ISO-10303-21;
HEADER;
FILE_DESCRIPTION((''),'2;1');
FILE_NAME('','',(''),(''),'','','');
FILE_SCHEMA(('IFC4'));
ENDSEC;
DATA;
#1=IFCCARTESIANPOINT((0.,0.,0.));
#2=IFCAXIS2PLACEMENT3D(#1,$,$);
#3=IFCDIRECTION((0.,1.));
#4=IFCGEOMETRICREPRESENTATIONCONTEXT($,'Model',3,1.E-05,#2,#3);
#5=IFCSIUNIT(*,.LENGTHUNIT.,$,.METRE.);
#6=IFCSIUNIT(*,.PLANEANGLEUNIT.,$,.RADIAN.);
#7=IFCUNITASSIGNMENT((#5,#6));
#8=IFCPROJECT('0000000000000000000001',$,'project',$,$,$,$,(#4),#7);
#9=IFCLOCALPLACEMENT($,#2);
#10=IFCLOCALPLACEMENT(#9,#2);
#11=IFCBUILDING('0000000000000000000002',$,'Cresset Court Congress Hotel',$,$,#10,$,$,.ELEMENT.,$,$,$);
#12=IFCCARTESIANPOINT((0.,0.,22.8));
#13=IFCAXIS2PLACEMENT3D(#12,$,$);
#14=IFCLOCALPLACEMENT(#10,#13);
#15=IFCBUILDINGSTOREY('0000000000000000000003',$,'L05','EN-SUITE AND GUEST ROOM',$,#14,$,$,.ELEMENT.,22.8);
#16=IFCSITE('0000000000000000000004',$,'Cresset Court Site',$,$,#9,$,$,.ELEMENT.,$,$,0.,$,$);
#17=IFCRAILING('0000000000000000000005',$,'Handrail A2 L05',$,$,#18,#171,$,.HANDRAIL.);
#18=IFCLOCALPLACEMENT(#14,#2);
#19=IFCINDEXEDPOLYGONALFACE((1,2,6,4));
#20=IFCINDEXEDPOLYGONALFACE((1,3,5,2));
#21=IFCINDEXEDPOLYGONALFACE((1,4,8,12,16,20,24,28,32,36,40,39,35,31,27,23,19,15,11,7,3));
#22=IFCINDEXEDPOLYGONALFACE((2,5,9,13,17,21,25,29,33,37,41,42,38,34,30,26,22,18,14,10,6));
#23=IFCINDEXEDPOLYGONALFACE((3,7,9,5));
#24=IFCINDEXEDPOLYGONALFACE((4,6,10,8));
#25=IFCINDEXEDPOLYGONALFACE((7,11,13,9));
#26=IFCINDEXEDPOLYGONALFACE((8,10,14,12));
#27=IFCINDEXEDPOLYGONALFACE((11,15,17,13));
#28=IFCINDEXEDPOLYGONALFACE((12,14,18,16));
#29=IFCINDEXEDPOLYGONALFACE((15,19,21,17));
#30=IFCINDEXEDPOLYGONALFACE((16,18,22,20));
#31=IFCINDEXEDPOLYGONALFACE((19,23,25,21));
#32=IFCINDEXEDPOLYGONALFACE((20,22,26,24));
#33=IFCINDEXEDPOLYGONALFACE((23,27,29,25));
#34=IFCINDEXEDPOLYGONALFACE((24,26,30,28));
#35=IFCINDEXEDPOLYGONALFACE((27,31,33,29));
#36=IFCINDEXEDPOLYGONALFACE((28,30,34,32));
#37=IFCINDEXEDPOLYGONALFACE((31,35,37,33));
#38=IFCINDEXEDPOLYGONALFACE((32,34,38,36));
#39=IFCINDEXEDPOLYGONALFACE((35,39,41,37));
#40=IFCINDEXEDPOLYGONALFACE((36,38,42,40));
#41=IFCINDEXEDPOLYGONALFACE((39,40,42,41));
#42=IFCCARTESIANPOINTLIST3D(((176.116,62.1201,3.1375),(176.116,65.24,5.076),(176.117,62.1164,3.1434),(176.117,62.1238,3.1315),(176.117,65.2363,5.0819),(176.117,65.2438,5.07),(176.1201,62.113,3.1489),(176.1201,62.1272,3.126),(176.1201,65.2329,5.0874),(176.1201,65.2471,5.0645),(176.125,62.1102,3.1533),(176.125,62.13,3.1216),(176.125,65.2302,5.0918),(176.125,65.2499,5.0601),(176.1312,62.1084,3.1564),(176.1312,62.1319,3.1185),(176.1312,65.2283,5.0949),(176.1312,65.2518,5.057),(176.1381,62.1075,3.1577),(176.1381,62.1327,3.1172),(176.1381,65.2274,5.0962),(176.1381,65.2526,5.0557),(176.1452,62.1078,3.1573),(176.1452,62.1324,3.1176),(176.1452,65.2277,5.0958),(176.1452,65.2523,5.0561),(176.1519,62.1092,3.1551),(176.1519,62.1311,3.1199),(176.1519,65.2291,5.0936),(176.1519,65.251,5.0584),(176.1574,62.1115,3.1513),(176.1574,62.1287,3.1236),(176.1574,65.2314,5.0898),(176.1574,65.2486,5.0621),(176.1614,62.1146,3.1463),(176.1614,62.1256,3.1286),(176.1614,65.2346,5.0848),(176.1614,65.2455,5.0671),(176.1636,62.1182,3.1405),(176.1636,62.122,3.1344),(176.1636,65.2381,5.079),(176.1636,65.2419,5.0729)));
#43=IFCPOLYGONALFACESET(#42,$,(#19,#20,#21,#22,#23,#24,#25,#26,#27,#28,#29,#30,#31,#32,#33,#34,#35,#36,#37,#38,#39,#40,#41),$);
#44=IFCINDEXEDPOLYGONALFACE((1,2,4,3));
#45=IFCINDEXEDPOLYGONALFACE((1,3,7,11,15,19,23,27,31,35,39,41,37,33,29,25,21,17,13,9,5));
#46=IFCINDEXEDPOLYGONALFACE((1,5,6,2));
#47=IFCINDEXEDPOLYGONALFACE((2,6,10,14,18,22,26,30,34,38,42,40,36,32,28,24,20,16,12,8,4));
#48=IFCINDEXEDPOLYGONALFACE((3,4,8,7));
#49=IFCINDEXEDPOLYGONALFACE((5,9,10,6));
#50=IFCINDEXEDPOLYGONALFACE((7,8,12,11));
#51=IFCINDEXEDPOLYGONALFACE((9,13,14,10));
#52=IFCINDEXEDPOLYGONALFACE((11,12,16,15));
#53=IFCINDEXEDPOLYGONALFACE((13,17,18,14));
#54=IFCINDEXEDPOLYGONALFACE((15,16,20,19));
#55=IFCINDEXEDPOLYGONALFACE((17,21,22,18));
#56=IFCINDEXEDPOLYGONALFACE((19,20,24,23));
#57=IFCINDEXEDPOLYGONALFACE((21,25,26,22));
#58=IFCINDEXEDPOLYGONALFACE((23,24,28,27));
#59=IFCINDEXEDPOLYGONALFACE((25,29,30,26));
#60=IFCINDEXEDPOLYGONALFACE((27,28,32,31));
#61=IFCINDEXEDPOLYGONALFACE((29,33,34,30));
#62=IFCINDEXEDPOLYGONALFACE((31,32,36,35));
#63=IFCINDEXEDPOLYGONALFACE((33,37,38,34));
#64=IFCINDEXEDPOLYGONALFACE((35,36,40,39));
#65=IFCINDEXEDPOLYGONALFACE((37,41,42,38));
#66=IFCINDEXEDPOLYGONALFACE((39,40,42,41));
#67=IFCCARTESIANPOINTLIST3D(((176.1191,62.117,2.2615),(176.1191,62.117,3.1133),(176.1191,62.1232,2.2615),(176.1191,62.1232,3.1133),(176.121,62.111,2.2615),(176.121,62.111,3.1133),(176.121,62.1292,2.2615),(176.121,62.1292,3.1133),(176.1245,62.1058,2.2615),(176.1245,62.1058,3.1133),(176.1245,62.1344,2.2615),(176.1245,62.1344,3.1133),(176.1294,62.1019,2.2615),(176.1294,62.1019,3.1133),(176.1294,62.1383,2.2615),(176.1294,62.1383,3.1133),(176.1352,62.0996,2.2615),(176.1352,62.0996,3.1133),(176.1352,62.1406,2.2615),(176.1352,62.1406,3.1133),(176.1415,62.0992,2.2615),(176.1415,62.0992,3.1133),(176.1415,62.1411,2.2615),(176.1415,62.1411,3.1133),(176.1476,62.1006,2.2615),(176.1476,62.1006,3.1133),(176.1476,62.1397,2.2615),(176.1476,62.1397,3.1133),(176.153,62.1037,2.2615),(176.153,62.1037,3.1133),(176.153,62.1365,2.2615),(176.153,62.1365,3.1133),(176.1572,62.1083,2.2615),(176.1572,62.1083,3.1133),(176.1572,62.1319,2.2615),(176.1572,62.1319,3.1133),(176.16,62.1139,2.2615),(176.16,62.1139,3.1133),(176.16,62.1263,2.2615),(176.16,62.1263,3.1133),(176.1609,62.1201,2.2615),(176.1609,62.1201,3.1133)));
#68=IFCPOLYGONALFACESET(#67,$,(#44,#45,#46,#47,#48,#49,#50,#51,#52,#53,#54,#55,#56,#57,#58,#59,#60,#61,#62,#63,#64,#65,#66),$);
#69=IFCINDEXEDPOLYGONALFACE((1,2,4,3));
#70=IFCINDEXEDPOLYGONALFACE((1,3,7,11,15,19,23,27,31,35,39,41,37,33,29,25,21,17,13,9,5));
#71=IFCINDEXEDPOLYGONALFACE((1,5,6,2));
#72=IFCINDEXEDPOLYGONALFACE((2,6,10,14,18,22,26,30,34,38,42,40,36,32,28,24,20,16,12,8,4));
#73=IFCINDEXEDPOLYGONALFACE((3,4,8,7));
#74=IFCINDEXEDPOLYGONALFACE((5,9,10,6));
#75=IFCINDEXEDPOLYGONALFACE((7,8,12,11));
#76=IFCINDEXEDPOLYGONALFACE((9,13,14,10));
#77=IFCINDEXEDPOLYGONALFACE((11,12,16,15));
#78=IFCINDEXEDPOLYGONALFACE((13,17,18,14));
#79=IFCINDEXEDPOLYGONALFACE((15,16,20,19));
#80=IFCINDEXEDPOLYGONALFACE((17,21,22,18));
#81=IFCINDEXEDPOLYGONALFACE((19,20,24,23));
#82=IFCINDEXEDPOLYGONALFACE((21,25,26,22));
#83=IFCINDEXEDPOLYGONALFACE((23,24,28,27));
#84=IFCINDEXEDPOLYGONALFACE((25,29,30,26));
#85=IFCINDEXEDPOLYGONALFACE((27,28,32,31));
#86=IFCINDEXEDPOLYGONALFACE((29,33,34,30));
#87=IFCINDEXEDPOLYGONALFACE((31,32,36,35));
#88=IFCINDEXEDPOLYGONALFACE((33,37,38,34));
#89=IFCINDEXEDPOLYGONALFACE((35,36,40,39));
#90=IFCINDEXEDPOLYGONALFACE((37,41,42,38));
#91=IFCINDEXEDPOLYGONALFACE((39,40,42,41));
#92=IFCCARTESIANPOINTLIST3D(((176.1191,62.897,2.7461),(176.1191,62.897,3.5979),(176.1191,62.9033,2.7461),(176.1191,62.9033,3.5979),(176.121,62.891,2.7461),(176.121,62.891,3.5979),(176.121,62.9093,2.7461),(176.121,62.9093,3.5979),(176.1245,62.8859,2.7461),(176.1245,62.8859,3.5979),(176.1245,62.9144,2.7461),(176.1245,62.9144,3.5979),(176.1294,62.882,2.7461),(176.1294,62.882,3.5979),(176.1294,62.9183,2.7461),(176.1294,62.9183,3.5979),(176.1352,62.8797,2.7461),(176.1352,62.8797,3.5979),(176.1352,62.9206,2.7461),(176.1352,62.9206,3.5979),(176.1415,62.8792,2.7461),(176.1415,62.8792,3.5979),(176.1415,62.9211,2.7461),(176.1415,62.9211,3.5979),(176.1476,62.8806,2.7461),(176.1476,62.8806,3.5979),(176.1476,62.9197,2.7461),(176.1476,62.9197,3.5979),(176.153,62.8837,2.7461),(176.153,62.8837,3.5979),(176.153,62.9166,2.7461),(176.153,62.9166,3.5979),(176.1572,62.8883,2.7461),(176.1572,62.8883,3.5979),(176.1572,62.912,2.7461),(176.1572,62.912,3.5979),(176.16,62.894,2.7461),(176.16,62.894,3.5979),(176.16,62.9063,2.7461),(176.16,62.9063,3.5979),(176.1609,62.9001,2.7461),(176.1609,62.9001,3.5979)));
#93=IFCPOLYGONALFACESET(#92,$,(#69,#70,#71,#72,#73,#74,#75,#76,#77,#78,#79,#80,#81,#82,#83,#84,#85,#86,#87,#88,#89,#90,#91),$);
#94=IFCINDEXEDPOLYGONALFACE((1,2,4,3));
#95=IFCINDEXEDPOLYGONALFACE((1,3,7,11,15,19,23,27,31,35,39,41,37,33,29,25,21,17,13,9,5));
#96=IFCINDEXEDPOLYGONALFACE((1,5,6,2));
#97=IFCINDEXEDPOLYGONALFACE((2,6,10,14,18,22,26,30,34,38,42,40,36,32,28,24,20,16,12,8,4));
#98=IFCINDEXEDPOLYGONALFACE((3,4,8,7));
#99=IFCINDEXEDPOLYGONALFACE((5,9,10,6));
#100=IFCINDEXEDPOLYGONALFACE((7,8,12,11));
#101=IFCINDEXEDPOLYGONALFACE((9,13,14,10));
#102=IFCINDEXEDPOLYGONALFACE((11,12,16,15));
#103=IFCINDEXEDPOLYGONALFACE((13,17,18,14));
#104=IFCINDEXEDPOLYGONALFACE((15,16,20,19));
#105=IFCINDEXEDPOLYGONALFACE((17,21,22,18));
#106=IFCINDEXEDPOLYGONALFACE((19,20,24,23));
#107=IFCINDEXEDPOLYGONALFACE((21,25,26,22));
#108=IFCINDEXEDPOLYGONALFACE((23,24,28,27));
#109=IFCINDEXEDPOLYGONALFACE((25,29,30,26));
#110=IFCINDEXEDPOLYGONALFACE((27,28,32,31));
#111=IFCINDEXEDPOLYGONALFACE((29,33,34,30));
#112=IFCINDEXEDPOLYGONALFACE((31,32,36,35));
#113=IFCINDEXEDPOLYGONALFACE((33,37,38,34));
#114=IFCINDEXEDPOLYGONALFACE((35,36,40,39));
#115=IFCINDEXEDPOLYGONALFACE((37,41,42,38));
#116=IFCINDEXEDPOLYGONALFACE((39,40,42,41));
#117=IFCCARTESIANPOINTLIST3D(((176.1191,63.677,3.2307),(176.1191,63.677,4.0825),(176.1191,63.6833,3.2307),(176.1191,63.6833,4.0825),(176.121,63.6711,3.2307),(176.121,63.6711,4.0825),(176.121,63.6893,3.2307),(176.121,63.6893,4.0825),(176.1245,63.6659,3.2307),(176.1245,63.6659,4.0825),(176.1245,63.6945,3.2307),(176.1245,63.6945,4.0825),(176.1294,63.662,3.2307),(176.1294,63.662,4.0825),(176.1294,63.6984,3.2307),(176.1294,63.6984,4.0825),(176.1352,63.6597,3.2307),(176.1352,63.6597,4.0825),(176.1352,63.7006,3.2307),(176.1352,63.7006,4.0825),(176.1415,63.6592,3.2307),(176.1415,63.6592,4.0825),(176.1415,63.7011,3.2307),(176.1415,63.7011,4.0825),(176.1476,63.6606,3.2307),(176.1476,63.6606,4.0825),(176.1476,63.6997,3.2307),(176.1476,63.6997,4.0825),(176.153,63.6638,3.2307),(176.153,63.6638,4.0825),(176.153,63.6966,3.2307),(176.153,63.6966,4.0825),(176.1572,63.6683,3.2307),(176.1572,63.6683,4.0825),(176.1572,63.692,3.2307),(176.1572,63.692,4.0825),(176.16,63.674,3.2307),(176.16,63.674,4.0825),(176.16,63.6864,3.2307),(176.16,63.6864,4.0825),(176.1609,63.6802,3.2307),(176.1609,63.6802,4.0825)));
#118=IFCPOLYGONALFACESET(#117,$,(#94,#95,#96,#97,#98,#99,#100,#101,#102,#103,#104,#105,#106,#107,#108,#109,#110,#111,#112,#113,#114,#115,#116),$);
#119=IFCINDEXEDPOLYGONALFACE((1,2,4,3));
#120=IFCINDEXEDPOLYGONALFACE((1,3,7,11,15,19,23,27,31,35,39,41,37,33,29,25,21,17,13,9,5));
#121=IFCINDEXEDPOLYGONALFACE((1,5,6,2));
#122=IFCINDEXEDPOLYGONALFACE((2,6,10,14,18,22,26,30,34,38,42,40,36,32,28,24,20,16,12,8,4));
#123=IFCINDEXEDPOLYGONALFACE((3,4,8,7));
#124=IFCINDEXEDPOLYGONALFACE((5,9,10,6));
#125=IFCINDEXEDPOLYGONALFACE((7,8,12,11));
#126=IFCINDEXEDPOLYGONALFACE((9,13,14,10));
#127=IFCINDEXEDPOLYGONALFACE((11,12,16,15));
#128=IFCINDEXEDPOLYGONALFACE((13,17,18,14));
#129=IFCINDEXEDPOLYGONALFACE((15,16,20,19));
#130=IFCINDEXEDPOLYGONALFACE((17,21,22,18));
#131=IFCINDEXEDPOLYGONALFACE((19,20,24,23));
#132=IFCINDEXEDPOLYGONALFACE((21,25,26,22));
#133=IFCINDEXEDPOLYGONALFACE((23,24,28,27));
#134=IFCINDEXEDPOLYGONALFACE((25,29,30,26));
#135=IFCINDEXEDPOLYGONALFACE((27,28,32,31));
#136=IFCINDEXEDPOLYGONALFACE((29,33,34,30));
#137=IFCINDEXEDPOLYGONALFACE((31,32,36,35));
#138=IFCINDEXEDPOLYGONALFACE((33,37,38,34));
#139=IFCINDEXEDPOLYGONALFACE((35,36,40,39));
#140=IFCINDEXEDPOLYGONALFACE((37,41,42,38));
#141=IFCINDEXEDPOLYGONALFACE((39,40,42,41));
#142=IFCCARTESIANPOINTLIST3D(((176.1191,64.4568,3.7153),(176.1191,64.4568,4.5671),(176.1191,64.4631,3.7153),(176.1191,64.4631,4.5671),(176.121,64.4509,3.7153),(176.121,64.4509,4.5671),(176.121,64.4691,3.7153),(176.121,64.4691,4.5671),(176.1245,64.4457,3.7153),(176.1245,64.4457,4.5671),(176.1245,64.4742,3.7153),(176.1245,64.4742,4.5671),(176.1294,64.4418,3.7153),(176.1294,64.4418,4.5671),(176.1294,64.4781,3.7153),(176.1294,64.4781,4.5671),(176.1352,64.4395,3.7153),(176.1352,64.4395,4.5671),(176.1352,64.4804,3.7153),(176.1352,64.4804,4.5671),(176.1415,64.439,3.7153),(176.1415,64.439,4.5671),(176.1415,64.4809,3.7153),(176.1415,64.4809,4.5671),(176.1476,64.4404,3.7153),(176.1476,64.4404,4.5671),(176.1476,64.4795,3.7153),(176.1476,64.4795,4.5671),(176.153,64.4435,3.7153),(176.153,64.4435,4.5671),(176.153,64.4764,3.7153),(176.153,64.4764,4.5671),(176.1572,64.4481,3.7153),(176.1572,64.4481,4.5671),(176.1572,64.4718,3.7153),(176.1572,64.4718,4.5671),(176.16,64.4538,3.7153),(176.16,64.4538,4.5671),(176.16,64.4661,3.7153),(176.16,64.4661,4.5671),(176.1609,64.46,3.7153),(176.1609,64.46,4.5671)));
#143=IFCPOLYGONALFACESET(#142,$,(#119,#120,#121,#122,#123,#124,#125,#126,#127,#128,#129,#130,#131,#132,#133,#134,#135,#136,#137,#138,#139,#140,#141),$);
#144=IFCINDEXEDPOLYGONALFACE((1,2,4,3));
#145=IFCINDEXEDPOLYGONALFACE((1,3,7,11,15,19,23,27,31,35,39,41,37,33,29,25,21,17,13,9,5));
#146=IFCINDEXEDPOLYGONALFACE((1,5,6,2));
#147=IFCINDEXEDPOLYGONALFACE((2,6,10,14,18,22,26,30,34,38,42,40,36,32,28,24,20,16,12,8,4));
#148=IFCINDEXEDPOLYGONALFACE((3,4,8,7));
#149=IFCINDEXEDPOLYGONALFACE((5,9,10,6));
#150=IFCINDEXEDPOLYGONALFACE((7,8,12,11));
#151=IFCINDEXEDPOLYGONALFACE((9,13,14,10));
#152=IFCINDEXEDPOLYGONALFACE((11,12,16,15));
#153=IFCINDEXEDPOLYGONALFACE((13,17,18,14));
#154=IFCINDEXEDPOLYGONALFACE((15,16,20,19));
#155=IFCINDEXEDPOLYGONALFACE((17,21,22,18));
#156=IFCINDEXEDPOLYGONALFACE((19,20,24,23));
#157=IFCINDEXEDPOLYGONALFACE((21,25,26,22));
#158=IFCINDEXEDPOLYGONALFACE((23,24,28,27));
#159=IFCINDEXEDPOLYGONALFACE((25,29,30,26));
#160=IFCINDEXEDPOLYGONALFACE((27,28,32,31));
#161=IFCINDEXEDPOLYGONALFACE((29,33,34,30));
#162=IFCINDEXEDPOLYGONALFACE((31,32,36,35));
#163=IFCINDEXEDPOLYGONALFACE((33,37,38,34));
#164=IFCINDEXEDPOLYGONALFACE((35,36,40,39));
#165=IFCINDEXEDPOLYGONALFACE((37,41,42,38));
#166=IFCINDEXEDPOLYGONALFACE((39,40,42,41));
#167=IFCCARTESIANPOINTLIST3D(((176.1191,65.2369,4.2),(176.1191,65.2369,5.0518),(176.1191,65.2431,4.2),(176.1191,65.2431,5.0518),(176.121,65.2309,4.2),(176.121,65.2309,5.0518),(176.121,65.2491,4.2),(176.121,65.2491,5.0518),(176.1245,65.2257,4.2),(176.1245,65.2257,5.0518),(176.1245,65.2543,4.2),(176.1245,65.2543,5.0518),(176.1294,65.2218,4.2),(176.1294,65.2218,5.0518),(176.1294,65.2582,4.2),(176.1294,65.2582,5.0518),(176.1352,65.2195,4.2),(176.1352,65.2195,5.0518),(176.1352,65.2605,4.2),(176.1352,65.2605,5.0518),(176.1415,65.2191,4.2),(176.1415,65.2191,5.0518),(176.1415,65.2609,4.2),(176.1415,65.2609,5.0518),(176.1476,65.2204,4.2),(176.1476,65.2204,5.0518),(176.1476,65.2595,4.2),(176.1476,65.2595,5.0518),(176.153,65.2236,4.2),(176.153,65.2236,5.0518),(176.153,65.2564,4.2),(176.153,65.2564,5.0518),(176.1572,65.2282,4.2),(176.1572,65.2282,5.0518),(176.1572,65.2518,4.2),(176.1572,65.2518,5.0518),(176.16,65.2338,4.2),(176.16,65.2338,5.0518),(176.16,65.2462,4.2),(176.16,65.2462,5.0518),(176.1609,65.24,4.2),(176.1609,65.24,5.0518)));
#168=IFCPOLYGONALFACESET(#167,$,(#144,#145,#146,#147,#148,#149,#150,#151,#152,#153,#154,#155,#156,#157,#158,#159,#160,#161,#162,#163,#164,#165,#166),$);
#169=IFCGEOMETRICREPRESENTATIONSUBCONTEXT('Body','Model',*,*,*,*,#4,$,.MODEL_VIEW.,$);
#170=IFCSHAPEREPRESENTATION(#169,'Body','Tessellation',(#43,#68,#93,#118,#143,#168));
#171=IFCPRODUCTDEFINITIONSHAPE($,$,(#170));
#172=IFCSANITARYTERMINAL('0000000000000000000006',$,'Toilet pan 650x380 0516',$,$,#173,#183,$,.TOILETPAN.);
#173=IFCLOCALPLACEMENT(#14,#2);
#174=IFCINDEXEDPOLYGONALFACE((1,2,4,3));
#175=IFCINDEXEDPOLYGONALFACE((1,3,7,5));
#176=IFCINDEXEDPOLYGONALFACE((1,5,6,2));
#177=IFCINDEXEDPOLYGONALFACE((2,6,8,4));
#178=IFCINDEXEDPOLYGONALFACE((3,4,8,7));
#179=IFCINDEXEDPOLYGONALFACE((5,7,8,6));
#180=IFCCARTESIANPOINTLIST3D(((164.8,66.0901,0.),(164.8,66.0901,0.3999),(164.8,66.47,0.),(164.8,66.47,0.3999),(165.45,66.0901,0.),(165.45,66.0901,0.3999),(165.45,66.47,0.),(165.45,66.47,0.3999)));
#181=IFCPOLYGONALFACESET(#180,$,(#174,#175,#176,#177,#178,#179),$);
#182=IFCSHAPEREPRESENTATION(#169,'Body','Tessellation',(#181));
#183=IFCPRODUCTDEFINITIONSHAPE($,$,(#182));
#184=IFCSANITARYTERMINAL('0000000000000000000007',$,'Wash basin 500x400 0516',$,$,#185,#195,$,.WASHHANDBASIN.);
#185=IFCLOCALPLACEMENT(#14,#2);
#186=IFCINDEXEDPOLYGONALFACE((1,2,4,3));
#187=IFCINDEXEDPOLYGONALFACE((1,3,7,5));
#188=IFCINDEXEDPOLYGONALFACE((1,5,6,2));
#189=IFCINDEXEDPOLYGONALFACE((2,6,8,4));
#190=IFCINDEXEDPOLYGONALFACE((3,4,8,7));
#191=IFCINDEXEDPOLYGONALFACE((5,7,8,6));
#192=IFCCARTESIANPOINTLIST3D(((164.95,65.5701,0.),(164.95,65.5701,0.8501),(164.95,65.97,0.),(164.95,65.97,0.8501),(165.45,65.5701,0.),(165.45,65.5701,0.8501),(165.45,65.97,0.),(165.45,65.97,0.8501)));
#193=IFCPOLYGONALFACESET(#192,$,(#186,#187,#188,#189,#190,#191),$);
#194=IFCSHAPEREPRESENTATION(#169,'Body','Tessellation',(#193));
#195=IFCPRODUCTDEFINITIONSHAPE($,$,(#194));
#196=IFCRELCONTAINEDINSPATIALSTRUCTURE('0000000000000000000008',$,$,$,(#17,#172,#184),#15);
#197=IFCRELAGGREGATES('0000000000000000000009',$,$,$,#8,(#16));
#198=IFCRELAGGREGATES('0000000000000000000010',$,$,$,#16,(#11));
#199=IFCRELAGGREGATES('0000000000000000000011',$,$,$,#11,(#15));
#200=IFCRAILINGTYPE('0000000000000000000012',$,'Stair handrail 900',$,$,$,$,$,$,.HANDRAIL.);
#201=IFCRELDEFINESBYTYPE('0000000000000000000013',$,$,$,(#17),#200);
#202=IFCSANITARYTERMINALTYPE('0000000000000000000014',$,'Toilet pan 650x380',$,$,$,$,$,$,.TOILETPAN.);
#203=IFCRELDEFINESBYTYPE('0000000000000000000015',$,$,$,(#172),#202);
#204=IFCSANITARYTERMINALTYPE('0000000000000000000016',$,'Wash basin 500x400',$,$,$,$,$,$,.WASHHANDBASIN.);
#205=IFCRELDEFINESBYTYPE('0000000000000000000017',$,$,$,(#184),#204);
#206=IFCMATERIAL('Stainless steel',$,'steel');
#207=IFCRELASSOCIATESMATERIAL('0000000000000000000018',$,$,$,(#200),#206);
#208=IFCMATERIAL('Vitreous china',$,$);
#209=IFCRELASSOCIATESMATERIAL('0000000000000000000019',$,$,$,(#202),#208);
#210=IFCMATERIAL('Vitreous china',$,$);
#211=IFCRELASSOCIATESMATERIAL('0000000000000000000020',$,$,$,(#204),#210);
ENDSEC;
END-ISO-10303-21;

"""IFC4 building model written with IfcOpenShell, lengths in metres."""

from ifc_helpers import new_model, si_unit, direction, frame, origin, origin_2d, place, context, subcontext, project, spatial, rectangle, circle, extrude, material, type_object, element, save


model = new_model("IFC4")

# Units and contexts
model_context = context("Model", 3, precision=1e-05, world=origin(), true_north=direction((0.0, 1.0)))
body_context = subcontext(model_context, "Body", "Model", "MODEL_VIEW")
ifc_project = project(units=[si_unit("LENGTHUNIT", "METRE"), si_unit("PLANEANGLEUNIT", "RADIAN")], contexts=[model_context])

# Site, building, storey
site_placement = place(None, origin())
site = spatial("IfcSite", under=ifc_project, at=site_placement, Name="Cresset Court Site", CompositionType="ELEMENT", RefElevation=0.0)
building_placement = place(site_placement, origin())
building = spatial("IfcBuilding", under=site, at=building_placement, Name="Cresset Court Congress Hotel", CompositionType="ELEMENT")
storey_placement = place(building_placement, frame((0.0, 0.0, 22.8)))
storey = spatial("IfcBuildingStorey", under=building, at=storey_placement, Name="L05", Description="EN-SUITE AND GUEST ROOM", CompositionType="ELEMENT", Elevation=22.8)

# Railing
ifc_material_1 = material(Name="Stainless steel", Category="steel")
railing_type_1 = type_object("IfcRailingType", Name="Stair handrail 900", PredefinedType="HANDRAIL", material=ifc_material_1)
for number, where, name in (
    (1, (176.1399, 62.1201, 2.2615), "Handrail A2 L05"),
):
    element("IfcRailing", number, at=place(storey_placement, frame(where)), inside=storey, type_object=railing_type_1, Name=name, PredefinedType="HANDRAIL", context=body_context, shape_type="SweptSolid", body=[
        extrude(circle(Radius=0.0239, at=origin_2d()), frame((0.0, 0.0, 0.876), z_axis=(0.0, 0.849396, 0.527757), x_axis=(-1.0, 0.0, 0.0)), (0.0, 0.0, 1.0), 3.6731),
        extrude(circle(Radius=0.021, at=origin_2d()), origin(), (0.0, 0.0, 1.0), 0.8518),
        extrude(circle(Radius=0.021, at=origin_2d()), frame((0.0, 0.78, 0.4846)), (0.0, 0.0, 1.0), 0.8518),
        extrude(circle(Radius=0.021, at=origin_2d()), frame((0.0, 1.5601, 0.9692)), (0.0, 0.0, 1.0), 0.8518),
        extrude(circle(Radius=0.021, at=origin_2d()), frame((0.0, 2.3398, 1.4539)), (0.0, 0.0, 1.0), 0.8518),
        extrude(circle(Radius=0.021, at=origin_2d()), frame((0.0, 3.1199, 1.9385)), (0.0, 0.0, 1.0), 0.8518),
    ])

# Sanitary terminals
ifc_material_2 = material(Name="Vitreous china")
sanitary_terminal_type_1 = type_object("IfcSanitaryTerminalType", Name="Toilet pan 650x380", PredefinedType="TOILETPAN", material=ifc_material_2)
sanitary_terminal_1_placement = place(storey_placement, frame((165.125, 66.28, 0.0), z_axis=(0.0, 0.0, 1.0), x_axis=(1.0, 0.0, 0.0)))
element("IfcSanitaryTerminal", 2, at=sanitary_terminal_1_placement, inside=storey, type_object=sanitary_terminal_type_1, Name="Toilet pan 650x380 0516", PredefinedType="TOILETPAN", context=body_context, shape_type="SweptSolid", body=[
    extrude(rectangle(XDim=0.6499, YDim=0.3799, at=origin_2d()), origin(), (0.0, 0.0, 1.0), 0.3999),
])
ifc_material_3 = material(Name="Vitreous china")
sanitary_terminal_type_2 = type_object("IfcSanitaryTerminalType", Name="Wash basin 500x400", PredefinedType="WASHHANDBASIN", material=ifc_material_3)
sanitary_terminal_2_placement = place(storey_placement, frame((165.2, 65.77, 0.0), z_axis=(0.0, 0.0, 1.0), x_axis=(1.0, 0.0, 0.0)))
element("IfcSanitaryTerminal", 3, at=sanitary_terminal_2_placement, inside=storey, type_object=sanitary_terminal_type_2, Name="Wash basin 500x400 0516", PredefinedType="WASHHANDBASIN", context=body_context, shape_type="SweptSolid", body=[
    extrude(rectangle(XDim=0.5, YDim=0.3999, at=origin_2d()), origin(), (0.0, 0.0, 1.0), 0.8501),
])

save(model, "model.ifc")
